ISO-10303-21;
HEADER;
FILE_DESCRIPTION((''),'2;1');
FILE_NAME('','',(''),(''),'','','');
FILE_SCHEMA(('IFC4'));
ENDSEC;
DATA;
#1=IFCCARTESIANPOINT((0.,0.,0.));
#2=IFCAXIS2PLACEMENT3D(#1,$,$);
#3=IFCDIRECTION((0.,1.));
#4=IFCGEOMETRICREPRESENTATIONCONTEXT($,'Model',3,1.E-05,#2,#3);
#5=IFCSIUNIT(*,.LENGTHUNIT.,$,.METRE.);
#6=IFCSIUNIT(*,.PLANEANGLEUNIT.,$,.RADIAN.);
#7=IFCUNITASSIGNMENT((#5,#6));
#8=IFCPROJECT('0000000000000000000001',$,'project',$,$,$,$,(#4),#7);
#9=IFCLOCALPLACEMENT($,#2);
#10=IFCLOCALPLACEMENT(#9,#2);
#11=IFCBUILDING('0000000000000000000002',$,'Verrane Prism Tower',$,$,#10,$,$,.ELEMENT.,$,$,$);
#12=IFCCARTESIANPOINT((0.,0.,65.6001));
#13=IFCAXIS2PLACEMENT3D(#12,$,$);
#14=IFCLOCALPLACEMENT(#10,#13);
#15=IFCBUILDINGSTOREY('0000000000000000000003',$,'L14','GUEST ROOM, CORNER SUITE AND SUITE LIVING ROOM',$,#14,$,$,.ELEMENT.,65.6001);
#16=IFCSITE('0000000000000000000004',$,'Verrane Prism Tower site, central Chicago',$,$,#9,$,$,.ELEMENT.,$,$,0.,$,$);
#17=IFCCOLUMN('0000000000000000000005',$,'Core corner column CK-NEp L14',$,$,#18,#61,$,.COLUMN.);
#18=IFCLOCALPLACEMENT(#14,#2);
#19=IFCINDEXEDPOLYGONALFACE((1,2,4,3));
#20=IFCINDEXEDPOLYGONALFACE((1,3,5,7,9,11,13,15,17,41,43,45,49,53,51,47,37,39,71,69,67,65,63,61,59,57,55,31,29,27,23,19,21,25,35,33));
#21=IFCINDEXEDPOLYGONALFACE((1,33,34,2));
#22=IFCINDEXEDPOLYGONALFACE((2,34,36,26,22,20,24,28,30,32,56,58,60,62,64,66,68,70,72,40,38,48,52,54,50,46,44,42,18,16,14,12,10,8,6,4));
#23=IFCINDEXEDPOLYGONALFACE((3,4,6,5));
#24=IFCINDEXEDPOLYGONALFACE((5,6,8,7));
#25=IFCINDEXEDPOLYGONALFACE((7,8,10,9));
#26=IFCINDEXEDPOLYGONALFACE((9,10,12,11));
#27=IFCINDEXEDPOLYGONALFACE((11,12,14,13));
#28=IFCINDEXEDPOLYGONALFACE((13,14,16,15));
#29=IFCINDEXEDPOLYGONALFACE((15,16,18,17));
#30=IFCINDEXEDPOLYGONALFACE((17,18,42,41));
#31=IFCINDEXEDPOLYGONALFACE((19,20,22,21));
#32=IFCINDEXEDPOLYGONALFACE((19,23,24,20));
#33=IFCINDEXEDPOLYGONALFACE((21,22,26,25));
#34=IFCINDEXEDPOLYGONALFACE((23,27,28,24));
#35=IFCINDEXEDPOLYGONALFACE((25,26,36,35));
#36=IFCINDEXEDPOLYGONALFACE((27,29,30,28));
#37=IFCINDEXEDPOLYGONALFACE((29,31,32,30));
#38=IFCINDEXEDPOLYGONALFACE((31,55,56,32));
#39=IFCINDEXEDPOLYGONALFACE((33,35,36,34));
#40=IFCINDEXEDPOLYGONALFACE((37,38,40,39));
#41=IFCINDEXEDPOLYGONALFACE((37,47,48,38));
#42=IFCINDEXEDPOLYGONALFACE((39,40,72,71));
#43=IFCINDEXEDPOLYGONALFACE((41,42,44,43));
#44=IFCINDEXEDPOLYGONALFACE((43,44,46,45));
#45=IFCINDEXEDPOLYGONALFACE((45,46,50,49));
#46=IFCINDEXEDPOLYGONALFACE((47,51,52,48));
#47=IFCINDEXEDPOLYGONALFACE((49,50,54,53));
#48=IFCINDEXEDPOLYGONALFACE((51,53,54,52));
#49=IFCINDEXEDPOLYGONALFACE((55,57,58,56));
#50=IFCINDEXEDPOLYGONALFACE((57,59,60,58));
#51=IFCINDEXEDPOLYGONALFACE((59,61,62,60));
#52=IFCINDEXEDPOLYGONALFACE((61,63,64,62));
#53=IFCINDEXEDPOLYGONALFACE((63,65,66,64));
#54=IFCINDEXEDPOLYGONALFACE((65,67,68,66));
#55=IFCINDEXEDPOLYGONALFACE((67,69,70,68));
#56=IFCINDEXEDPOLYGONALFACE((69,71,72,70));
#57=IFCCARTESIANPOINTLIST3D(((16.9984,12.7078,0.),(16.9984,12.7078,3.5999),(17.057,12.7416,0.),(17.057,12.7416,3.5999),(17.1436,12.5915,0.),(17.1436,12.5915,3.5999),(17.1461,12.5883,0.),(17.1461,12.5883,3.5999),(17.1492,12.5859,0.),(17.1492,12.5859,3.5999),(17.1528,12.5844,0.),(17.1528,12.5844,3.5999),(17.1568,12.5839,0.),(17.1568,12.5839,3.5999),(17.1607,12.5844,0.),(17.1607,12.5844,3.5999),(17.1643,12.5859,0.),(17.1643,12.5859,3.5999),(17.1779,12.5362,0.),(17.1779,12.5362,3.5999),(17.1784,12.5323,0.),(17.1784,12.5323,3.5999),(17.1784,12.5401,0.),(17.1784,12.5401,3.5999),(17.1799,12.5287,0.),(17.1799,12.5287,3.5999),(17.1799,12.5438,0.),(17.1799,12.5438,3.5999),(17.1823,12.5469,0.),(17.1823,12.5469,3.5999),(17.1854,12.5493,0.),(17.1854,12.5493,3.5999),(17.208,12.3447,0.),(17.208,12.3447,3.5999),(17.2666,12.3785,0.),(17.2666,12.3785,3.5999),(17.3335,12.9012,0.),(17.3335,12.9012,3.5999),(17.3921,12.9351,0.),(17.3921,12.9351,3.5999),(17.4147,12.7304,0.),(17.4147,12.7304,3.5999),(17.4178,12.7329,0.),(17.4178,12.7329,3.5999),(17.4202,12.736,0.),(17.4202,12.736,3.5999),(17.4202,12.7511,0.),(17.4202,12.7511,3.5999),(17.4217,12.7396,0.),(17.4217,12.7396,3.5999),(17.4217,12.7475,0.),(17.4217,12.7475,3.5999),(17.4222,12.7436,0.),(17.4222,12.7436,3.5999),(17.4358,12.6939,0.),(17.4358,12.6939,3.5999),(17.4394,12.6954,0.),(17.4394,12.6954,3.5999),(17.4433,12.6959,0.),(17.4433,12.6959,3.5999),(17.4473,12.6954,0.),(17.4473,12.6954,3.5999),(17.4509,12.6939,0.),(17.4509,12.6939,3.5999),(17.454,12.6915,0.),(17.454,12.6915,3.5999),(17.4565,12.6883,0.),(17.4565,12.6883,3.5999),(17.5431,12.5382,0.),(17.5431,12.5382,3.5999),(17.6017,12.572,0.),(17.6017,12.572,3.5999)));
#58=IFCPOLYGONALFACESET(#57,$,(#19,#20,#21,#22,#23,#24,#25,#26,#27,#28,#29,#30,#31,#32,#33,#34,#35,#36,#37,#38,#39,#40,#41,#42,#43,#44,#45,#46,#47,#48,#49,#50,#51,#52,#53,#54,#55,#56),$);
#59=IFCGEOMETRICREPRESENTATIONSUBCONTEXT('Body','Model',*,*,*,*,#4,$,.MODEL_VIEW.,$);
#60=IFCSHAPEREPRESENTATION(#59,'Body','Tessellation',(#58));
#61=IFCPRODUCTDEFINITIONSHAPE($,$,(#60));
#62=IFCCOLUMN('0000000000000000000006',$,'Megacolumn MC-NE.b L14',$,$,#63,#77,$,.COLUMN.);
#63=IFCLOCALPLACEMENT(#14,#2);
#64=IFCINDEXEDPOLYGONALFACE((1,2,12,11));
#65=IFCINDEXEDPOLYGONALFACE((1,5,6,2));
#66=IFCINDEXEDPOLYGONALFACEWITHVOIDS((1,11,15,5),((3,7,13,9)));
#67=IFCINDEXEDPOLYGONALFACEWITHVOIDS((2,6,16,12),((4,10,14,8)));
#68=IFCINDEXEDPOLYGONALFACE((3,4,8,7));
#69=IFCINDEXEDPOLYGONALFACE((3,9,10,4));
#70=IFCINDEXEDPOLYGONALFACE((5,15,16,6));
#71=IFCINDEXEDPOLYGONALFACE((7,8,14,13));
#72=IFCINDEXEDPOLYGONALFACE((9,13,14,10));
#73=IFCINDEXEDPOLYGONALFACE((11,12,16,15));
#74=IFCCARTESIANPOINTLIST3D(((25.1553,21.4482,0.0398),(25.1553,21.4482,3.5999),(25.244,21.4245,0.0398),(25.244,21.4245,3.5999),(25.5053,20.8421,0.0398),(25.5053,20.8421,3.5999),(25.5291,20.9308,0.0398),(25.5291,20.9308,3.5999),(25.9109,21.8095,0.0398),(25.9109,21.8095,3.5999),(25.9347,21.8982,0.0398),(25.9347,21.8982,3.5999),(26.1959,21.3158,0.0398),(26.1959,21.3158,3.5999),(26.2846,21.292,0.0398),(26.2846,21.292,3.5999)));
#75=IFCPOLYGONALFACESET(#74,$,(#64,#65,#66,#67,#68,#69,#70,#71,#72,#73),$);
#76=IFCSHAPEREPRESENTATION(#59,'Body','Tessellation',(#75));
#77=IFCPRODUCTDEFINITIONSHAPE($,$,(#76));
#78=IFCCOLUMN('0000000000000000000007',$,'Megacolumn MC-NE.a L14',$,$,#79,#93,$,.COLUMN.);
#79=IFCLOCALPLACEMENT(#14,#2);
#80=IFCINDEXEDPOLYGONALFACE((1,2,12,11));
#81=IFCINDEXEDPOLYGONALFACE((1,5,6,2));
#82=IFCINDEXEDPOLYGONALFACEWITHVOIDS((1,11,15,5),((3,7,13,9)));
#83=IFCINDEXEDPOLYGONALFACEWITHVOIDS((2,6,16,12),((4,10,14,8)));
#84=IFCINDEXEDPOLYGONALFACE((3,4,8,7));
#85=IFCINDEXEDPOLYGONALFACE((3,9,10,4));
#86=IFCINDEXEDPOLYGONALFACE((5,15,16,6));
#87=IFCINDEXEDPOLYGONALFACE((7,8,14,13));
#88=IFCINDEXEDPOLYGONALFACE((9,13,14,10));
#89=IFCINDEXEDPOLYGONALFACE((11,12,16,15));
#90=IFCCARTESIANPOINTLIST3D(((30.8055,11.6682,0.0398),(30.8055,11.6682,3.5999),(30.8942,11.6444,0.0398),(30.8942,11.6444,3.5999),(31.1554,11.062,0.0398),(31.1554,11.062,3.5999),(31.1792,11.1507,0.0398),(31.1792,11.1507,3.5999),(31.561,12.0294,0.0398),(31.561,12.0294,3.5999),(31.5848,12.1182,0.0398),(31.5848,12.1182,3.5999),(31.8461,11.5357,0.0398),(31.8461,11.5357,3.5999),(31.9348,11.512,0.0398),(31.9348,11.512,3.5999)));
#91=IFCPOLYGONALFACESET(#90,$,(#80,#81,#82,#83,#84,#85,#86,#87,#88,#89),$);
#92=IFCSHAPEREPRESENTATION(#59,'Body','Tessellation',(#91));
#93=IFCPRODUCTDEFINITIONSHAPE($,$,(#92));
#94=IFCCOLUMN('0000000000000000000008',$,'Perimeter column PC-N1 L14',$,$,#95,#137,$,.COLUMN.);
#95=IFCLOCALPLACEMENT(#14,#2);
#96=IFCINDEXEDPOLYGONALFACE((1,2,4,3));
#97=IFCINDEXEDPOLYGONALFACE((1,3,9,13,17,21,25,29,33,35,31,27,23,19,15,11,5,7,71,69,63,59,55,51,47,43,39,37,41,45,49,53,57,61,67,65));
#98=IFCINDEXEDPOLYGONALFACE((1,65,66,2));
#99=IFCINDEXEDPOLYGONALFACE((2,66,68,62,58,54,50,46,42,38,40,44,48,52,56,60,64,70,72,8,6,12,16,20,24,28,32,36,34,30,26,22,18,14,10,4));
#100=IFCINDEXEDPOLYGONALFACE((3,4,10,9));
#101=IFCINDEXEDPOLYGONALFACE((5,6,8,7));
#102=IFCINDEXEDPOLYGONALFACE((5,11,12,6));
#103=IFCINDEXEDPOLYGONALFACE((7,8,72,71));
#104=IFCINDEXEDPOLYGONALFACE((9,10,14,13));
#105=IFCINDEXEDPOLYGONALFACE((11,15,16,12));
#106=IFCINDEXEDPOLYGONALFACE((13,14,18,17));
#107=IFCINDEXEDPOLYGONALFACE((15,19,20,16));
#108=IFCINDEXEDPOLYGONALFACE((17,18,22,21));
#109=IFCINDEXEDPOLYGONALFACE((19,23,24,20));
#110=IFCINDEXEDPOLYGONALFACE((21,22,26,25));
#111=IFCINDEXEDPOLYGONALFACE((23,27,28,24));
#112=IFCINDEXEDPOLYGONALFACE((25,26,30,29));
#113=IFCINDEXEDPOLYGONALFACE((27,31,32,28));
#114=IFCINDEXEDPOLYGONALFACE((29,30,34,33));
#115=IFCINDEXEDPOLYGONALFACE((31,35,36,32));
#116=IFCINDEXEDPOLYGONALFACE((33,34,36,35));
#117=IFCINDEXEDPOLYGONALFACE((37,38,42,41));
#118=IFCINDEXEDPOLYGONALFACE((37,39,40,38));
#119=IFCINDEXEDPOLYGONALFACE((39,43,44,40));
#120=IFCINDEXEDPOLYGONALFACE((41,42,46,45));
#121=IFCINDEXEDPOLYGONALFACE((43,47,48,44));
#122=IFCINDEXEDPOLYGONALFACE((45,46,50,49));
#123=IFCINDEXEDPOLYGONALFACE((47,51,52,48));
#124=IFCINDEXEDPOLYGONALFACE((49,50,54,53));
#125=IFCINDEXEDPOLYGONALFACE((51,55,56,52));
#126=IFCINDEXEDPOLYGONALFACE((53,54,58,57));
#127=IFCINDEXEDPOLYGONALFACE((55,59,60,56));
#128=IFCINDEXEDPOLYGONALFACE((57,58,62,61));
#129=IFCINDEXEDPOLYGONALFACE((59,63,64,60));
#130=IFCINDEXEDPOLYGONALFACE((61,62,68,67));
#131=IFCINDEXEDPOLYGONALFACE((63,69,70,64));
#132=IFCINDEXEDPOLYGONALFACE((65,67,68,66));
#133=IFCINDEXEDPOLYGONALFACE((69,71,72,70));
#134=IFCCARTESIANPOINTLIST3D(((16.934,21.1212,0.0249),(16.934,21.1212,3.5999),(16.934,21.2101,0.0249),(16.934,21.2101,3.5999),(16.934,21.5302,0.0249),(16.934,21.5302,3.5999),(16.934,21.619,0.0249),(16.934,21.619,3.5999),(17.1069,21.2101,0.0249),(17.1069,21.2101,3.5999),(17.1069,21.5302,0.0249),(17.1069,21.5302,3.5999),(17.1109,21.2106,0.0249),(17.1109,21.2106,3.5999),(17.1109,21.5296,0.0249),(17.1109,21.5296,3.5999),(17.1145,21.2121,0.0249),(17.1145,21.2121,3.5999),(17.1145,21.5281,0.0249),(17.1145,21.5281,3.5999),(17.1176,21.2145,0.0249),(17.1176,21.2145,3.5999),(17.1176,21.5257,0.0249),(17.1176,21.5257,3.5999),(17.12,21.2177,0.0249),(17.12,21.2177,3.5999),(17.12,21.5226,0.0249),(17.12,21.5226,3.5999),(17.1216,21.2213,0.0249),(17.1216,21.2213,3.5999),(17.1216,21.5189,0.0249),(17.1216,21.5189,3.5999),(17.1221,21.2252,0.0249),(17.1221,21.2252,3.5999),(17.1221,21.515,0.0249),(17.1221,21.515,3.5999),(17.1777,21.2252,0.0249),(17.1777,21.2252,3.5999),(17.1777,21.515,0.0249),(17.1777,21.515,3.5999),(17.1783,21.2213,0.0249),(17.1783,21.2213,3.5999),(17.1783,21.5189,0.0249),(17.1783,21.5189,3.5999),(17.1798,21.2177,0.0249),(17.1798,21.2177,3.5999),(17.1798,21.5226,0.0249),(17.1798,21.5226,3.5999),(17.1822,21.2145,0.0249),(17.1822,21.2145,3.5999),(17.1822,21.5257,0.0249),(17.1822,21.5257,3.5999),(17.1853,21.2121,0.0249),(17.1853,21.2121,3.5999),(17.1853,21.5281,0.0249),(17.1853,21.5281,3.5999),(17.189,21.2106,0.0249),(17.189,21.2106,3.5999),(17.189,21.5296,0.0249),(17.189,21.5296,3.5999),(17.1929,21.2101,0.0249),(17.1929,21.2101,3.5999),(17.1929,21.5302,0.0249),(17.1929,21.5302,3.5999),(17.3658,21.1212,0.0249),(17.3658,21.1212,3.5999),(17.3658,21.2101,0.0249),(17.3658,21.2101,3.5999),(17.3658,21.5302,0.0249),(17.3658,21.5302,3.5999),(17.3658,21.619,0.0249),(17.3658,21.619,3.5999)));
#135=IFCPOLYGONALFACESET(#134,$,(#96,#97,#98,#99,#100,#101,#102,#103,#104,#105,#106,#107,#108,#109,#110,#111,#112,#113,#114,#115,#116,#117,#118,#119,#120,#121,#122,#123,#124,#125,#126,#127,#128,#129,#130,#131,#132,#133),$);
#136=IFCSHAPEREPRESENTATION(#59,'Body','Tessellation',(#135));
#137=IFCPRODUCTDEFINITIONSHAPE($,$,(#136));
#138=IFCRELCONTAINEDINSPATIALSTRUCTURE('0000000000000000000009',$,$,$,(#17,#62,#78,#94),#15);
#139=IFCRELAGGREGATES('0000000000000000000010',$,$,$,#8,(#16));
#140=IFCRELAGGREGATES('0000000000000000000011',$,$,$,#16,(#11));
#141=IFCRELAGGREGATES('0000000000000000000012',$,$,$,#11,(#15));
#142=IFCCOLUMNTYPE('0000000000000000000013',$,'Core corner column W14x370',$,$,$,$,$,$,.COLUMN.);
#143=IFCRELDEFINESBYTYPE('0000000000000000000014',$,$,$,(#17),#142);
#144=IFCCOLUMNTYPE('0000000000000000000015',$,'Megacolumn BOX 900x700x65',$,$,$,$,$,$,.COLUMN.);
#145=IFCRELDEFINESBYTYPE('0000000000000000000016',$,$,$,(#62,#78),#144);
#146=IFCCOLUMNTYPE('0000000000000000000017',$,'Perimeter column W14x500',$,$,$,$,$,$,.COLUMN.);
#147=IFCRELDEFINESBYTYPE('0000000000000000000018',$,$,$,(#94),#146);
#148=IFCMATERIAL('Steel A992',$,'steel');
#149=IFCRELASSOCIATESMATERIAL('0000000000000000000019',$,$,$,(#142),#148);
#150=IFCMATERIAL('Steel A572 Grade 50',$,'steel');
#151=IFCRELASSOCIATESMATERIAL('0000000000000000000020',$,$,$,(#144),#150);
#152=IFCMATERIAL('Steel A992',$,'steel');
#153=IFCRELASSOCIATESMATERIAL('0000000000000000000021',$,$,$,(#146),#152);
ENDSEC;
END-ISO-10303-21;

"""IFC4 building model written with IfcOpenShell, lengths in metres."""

from ifc_helpers import new_model, si_unit, direction, frame, origin, origin_2d, place, context, subcontext, project, spatial, hollow_rectangle, i_section, extrude, material, material_profile, profile_set, type_object, element, save


model = new_model("IFC4")

# Units and contexts
model_context = context("Model", 3, precision=1e-05, world=origin(), true_north=direction((0.0, 1.0)))
body_context = subcontext(model_context, "Body", "Model", "MODEL_VIEW")
ifc_project = project(units=[si_unit("LENGTHUNIT", "METRE"), si_unit("PLANEANGLEUNIT", "RADIAN")], contexts=[model_context])

# Site, building, storey
site_placement = place(None, origin())
site = spatial("IfcSite", under=ifc_project, at=site_placement, Name="Verrane Prism Tower site, central Chicago", CompositionType="ELEMENT", RefElevation=0.0)
building_placement = place(site_placement, origin())
building = spatial("IfcBuilding", under=site, at=building_placement, Name="Verrane Prism Tower", CompositionType="ELEMENT")
storey_placement = place(building_placement, frame((0.0, 0.0, 65.6001)))
storey = spatial("IfcBuildingStorey", under=building, at=storey_placement, Name="L14", Description="GUEST ROOM, CORNER SUITE AND SUITE LIVING ROOM", CompositionType="ELEMENT", Elevation=65.6001)

# Columns
ifc_material_1 = material(Name="Steel A992", Category="steel")
ifc_material_profile_1 = material_profile(ifc_material_1, i_section(OverallWidth=0.4192, OverallDepth=0.4546, WebThickness=0.0422, FlangeThickness=0.0676, FilletRadius=0.0151, at=origin_2d()), Name="W14x370")
ifc_profile_set_1 = profile_set([ifc_material_profile_1], Name="Steel A992")
column_type_1 = type_object("IfcColumnType", Name="Core corner column W14x370", PredefinedType="COLUMN", material=ifc_profile_set_1)
column_1_placement = place(storey_placement, frame((17.3, 12.6399, 0.0), z_axis=(0.0, 0.0, 1.0), x_axis=(0.5, -0.866025, 0.0)))
element("IfcColumn", 1, at=column_1_placement, inside=storey, type_object=column_type_1, Name="Core corner column CK-NEp L14", PredefinedType="COLUMN", context=body_context, shape_type="SweptSolid", body=[
    extrude(i_section(OverallWidth=0.4192, OverallDepth=0.4546, WebThickness=0.0422, FlangeThickness=0.0676, FilletRadius=0.0151, at=origin_2d()), origin(), (0.0, 0.0, 1.0), 3.5999),
])
ifc_material_2 = material(Name="Steel A572 Grade 50", Category="steel")
ifc_material_profile_2 = material_profile(ifc_material_2, hollow_rectangle(XDim=0.7, YDim=0.8999, WallThickness=0.0649, at=origin_2d()), Name="BOX 900x700x65")
ifc_profile_set_2 = profile_set([ifc_material_profile_2], Name="Steel A572 Grade 50")
column_type_2 = type_object("IfcColumnType", Name="Megacolumn BOX 900x700x65", PredefinedType="COLUMN", material=ifc_profile_set_2)
for number, where, z_axis, x_axis, name in (
    (2, (25.72, 21.3701, 0.0398), (0.0, 0.0, 1.0), (0.5, -0.866025, 0.0), "Megacolumn MC-NE.b L14"),
    (3, (31.3701, 11.5901, 0.0398), (0.0, 0.0, 1.0), (0.5, -0.866025, 0.0), "Megacolumn MC-NE.a L14"),
):
    element("IfcColumn", number, at=place(storey_placement, frame(where, z_axis=z_axis, x_axis=x_axis)), inside=storey, type_object=column_type_2, Name=name, PredefinedType="COLUMN", context=body_context, shape_type="SweptSolid", body=[
        extrude(hollow_rectangle(XDim=0.7, YDim=0.8999, WallThickness=0.0649, at=origin_2d()), origin(), (0.0, 0.0, 1.0), 3.5601),
    ])
ifc_material_3 = material(Name="Steel A992", Category="steel")
ifc_material_profile_3 = material_profile(ifc_material_3, i_section(OverallWidth=0.4319, OverallDepth=0.4978, WebThickness=0.0557, FlangeThickness=0.0889, FilletRadius=0.0151, at=origin_2d()), Name="W14x500")
ifc_profile_set_3 = profile_set([ifc_material_profile_3], Name="Steel A992")
column_type_3 = type_object("IfcColumnType", Name="Perimeter column W14x500", PredefinedType="COLUMN", material=ifc_profile_set_3)
column_2_placement = place(storey_placement, frame((17.1499, 21.3701, 0.0249), z_axis=(0.0, 0.0, 1.0), x_axis=(1.0, 0.0, 0.0)))
element("IfcColumn", 4, at=column_2_placement, inside=storey, type_object=column_type_3, Name="Perimeter column PC-N1 L14", PredefinedType="COLUMN", context=body_context, shape_type="SweptSolid", body=[
    extrude(i_section(OverallWidth=0.4319, OverallDepth=0.4978, WebThickness=0.0557, FlangeThickness=0.0889, FilletRadius=0.0151, at=origin_2d()), origin(), (0.0, 0.0, 1.0), 3.575),
])

save(model, "model.ifc")
